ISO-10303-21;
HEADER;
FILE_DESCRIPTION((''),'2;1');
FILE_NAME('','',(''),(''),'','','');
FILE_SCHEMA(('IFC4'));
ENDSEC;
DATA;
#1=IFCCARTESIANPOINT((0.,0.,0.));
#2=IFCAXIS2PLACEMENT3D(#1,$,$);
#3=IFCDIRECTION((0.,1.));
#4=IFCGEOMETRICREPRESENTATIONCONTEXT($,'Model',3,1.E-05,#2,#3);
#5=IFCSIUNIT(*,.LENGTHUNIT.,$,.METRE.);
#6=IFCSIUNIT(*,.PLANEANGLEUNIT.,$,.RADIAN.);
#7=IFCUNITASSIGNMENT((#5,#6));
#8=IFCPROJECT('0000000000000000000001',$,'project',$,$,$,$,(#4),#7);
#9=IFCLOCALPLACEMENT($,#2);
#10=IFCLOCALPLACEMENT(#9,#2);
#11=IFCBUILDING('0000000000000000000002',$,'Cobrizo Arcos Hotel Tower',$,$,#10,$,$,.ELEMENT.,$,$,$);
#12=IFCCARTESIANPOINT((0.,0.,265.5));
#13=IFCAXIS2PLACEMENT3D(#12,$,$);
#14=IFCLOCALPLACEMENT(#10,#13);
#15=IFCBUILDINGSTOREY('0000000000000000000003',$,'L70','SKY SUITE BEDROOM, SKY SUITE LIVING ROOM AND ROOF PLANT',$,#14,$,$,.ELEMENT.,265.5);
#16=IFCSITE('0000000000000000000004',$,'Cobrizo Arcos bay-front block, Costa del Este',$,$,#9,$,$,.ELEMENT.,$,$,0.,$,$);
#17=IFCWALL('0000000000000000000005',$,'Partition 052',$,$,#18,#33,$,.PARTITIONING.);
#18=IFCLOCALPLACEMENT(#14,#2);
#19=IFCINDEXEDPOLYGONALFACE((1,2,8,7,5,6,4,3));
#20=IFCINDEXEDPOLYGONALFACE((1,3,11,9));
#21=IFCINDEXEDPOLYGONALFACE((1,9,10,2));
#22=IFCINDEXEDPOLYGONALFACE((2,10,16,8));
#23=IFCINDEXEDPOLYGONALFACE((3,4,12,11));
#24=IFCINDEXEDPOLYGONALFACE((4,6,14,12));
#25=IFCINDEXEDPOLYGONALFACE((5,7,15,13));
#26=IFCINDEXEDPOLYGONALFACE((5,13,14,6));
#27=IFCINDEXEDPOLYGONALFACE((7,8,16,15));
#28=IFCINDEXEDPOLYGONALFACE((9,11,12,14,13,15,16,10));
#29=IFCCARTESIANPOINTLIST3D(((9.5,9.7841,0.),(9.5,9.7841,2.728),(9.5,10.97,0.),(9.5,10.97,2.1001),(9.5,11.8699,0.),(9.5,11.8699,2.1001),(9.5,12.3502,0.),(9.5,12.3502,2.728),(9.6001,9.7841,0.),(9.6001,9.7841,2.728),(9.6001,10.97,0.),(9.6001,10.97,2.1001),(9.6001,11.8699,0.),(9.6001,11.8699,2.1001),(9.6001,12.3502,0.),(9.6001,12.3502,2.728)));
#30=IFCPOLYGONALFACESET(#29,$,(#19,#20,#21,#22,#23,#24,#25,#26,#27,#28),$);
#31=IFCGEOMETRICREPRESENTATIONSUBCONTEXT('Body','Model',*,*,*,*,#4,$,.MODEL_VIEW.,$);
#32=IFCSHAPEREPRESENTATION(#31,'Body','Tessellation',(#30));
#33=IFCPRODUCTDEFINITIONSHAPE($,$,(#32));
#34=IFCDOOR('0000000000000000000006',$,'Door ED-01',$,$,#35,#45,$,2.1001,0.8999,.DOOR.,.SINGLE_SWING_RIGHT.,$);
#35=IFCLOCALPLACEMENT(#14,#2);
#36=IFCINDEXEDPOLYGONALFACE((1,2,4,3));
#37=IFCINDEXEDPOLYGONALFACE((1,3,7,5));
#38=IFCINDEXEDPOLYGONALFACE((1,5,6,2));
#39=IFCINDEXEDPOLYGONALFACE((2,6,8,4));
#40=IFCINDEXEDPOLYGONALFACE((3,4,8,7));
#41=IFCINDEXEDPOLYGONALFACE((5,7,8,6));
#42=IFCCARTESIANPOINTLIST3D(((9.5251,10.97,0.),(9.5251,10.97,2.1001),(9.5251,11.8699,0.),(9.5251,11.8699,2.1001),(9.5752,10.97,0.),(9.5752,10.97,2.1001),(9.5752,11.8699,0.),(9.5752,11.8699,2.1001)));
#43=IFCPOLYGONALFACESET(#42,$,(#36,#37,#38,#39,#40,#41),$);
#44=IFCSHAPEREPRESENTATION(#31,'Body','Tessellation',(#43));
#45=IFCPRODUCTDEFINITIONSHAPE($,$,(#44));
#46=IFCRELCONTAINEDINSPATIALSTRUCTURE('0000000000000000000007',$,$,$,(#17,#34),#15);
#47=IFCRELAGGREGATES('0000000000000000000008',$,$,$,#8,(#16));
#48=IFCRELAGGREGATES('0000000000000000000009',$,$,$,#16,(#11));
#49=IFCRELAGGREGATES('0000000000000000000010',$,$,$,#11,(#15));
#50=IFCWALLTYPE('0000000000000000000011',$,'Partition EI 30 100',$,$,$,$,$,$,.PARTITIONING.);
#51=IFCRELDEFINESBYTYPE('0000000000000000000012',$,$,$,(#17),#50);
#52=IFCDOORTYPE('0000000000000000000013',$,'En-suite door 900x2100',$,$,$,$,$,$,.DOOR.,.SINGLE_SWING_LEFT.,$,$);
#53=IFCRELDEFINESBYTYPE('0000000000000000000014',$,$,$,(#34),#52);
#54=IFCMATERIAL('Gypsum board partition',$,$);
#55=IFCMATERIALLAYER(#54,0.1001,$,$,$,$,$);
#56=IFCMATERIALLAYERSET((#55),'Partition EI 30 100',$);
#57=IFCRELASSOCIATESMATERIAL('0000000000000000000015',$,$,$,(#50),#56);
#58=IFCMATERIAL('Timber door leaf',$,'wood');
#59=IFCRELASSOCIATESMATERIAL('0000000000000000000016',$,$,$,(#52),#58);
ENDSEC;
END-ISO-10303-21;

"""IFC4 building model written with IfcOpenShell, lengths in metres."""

from ifc_helpers import new_model, si_unit, direction, frame, frame_2d, origin, place, context, subcontext, project, spatial, rectangle, extrude, material, layer, layer_set, type_object, element, fill, save


model = new_model("IFC4")

# Units and contexts
model_context = context("Model", 3, precision=1e-05, world=origin(), true_north=direction((0.0, 1.0)))
body_context = subcontext(model_context, "Body", "Model", "MODEL_VIEW")
ifc_project = project(units=[si_unit("LENGTHUNIT", "METRE"), si_unit("PLANEANGLEUNIT", "RADIAN")], contexts=[model_context])

# Site, building, storey
site_placement = place(None, origin())
site = spatial("IfcSite", under=ifc_project, at=site_placement, Name="Cobrizo Arcos bay-front block, Costa del Este", CompositionType="ELEMENT", RefElevation=0.0)
building_placement = place(site_placement, origin())
building = spatial("IfcBuilding", under=site, at=building_placement, Name="Cobrizo Arcos Hotel Tower", CompositionType="ELEMENT")
storey_placement = place(building_placement, frame((0.0, 0.0, 265.5)))
storey = spatial("IfcBuildingStorey", under=building, at=storey_placement, Name="L70", Description="SKY SUITE BEDROOM, SKY SUITE LIVING ROOM AND ROOF PLANT", CompositionType="ELEMENT", Elevation=265.5)

# Shared definitions
ifc_material_1 = material(Name="Gypsum board partition")
ifc_layer_1 = layer(ifc_material_1, 0.1001)
ifc_layer_set_1 = layer_set([ifc_layer_1], Name="Partition EI 30 100")
wall_type_1 = type_object("IfcWallType", Name="Partition EI 30 100", PredefinedType="PARTITIONING", material=ifc_layer_set_1)
ifc_material_2 = material(Name="Timber door leaf", Category="wood")

# Wall, opening, door
wall_1_placement = place(storey_placement, frame((9.55, 9.7839, 0.0), z_axis=(0.0, 0.0, 1.0), x_axis=(0.0, 1.0, 0.0)))
wall_1 = element("IfcWall", 1, at=wall_1_placement, inside=storey, type_object=wall_type_1, Name="Partition 052", PredefinedType="PARTITIONING", context=body_context, shape_type="SweptSolid", body=[
    extrude(rectangle(XDim=2.5662, YDim=0.1001, at=frame_2d((1.2832, 0.0))), origin(), (0.0, 0.0, 1.0), 2.728),
])
opening_1_placement = place(wall_1_placement, frame((1.186, 0.0, 0.0)))
opening_1 = element("IfcOpeningElement", 2, at=opening_1_placement, cuts=wall_1, PredefinedType="OPENING", context=body_context, shape_type="SweptSolid", body=[
    extrude(rectangle(XDim=0.8999, YDim=2.1001, at=frame_2d((0.45, 1.05))), frame((0.0, 0.062, 0.0), z_axis=(0.0, -1.0, 0.0), x_axis=(1.0, 0.0, 0.0)), (0.0, 0.0, 1.0), 0.124),
])
door_type_1 = type_object("IfcDoorType", Name="En-suite door 900x2100", OperationType="SINGLE_SWING_LEFT", PredefinedType="DOOR", material=ifc_material_2)
door_1_placement = place(opening_1_placement, origin())
door_1 = element("IfcDoor", 3, at=door_1_placement, inside=storey, type_object=door_type_1, Name="Door ED-01", OperationType="SINGLE_SWING_RIGHT", OverallHeight=2.1001, OverallWidth=0.8999, PredefinedType="DOOR", context=body_context, shape_type="SweptSolid", body=[
    extrude(rectangle(XDim=0.8999, YDim=2.1001, at=frame_2d((0.45, 1.05))), frame((0.0, 0.0249, 0.0), z_axis=(0.0, -1.0, 0.0), x_axis=(1.0, 0.0, 0.0)), (0.0, 0.0, 1.0), 0.05),
])
fill(opening_1, door_1)

save(model, "model.ifc")
